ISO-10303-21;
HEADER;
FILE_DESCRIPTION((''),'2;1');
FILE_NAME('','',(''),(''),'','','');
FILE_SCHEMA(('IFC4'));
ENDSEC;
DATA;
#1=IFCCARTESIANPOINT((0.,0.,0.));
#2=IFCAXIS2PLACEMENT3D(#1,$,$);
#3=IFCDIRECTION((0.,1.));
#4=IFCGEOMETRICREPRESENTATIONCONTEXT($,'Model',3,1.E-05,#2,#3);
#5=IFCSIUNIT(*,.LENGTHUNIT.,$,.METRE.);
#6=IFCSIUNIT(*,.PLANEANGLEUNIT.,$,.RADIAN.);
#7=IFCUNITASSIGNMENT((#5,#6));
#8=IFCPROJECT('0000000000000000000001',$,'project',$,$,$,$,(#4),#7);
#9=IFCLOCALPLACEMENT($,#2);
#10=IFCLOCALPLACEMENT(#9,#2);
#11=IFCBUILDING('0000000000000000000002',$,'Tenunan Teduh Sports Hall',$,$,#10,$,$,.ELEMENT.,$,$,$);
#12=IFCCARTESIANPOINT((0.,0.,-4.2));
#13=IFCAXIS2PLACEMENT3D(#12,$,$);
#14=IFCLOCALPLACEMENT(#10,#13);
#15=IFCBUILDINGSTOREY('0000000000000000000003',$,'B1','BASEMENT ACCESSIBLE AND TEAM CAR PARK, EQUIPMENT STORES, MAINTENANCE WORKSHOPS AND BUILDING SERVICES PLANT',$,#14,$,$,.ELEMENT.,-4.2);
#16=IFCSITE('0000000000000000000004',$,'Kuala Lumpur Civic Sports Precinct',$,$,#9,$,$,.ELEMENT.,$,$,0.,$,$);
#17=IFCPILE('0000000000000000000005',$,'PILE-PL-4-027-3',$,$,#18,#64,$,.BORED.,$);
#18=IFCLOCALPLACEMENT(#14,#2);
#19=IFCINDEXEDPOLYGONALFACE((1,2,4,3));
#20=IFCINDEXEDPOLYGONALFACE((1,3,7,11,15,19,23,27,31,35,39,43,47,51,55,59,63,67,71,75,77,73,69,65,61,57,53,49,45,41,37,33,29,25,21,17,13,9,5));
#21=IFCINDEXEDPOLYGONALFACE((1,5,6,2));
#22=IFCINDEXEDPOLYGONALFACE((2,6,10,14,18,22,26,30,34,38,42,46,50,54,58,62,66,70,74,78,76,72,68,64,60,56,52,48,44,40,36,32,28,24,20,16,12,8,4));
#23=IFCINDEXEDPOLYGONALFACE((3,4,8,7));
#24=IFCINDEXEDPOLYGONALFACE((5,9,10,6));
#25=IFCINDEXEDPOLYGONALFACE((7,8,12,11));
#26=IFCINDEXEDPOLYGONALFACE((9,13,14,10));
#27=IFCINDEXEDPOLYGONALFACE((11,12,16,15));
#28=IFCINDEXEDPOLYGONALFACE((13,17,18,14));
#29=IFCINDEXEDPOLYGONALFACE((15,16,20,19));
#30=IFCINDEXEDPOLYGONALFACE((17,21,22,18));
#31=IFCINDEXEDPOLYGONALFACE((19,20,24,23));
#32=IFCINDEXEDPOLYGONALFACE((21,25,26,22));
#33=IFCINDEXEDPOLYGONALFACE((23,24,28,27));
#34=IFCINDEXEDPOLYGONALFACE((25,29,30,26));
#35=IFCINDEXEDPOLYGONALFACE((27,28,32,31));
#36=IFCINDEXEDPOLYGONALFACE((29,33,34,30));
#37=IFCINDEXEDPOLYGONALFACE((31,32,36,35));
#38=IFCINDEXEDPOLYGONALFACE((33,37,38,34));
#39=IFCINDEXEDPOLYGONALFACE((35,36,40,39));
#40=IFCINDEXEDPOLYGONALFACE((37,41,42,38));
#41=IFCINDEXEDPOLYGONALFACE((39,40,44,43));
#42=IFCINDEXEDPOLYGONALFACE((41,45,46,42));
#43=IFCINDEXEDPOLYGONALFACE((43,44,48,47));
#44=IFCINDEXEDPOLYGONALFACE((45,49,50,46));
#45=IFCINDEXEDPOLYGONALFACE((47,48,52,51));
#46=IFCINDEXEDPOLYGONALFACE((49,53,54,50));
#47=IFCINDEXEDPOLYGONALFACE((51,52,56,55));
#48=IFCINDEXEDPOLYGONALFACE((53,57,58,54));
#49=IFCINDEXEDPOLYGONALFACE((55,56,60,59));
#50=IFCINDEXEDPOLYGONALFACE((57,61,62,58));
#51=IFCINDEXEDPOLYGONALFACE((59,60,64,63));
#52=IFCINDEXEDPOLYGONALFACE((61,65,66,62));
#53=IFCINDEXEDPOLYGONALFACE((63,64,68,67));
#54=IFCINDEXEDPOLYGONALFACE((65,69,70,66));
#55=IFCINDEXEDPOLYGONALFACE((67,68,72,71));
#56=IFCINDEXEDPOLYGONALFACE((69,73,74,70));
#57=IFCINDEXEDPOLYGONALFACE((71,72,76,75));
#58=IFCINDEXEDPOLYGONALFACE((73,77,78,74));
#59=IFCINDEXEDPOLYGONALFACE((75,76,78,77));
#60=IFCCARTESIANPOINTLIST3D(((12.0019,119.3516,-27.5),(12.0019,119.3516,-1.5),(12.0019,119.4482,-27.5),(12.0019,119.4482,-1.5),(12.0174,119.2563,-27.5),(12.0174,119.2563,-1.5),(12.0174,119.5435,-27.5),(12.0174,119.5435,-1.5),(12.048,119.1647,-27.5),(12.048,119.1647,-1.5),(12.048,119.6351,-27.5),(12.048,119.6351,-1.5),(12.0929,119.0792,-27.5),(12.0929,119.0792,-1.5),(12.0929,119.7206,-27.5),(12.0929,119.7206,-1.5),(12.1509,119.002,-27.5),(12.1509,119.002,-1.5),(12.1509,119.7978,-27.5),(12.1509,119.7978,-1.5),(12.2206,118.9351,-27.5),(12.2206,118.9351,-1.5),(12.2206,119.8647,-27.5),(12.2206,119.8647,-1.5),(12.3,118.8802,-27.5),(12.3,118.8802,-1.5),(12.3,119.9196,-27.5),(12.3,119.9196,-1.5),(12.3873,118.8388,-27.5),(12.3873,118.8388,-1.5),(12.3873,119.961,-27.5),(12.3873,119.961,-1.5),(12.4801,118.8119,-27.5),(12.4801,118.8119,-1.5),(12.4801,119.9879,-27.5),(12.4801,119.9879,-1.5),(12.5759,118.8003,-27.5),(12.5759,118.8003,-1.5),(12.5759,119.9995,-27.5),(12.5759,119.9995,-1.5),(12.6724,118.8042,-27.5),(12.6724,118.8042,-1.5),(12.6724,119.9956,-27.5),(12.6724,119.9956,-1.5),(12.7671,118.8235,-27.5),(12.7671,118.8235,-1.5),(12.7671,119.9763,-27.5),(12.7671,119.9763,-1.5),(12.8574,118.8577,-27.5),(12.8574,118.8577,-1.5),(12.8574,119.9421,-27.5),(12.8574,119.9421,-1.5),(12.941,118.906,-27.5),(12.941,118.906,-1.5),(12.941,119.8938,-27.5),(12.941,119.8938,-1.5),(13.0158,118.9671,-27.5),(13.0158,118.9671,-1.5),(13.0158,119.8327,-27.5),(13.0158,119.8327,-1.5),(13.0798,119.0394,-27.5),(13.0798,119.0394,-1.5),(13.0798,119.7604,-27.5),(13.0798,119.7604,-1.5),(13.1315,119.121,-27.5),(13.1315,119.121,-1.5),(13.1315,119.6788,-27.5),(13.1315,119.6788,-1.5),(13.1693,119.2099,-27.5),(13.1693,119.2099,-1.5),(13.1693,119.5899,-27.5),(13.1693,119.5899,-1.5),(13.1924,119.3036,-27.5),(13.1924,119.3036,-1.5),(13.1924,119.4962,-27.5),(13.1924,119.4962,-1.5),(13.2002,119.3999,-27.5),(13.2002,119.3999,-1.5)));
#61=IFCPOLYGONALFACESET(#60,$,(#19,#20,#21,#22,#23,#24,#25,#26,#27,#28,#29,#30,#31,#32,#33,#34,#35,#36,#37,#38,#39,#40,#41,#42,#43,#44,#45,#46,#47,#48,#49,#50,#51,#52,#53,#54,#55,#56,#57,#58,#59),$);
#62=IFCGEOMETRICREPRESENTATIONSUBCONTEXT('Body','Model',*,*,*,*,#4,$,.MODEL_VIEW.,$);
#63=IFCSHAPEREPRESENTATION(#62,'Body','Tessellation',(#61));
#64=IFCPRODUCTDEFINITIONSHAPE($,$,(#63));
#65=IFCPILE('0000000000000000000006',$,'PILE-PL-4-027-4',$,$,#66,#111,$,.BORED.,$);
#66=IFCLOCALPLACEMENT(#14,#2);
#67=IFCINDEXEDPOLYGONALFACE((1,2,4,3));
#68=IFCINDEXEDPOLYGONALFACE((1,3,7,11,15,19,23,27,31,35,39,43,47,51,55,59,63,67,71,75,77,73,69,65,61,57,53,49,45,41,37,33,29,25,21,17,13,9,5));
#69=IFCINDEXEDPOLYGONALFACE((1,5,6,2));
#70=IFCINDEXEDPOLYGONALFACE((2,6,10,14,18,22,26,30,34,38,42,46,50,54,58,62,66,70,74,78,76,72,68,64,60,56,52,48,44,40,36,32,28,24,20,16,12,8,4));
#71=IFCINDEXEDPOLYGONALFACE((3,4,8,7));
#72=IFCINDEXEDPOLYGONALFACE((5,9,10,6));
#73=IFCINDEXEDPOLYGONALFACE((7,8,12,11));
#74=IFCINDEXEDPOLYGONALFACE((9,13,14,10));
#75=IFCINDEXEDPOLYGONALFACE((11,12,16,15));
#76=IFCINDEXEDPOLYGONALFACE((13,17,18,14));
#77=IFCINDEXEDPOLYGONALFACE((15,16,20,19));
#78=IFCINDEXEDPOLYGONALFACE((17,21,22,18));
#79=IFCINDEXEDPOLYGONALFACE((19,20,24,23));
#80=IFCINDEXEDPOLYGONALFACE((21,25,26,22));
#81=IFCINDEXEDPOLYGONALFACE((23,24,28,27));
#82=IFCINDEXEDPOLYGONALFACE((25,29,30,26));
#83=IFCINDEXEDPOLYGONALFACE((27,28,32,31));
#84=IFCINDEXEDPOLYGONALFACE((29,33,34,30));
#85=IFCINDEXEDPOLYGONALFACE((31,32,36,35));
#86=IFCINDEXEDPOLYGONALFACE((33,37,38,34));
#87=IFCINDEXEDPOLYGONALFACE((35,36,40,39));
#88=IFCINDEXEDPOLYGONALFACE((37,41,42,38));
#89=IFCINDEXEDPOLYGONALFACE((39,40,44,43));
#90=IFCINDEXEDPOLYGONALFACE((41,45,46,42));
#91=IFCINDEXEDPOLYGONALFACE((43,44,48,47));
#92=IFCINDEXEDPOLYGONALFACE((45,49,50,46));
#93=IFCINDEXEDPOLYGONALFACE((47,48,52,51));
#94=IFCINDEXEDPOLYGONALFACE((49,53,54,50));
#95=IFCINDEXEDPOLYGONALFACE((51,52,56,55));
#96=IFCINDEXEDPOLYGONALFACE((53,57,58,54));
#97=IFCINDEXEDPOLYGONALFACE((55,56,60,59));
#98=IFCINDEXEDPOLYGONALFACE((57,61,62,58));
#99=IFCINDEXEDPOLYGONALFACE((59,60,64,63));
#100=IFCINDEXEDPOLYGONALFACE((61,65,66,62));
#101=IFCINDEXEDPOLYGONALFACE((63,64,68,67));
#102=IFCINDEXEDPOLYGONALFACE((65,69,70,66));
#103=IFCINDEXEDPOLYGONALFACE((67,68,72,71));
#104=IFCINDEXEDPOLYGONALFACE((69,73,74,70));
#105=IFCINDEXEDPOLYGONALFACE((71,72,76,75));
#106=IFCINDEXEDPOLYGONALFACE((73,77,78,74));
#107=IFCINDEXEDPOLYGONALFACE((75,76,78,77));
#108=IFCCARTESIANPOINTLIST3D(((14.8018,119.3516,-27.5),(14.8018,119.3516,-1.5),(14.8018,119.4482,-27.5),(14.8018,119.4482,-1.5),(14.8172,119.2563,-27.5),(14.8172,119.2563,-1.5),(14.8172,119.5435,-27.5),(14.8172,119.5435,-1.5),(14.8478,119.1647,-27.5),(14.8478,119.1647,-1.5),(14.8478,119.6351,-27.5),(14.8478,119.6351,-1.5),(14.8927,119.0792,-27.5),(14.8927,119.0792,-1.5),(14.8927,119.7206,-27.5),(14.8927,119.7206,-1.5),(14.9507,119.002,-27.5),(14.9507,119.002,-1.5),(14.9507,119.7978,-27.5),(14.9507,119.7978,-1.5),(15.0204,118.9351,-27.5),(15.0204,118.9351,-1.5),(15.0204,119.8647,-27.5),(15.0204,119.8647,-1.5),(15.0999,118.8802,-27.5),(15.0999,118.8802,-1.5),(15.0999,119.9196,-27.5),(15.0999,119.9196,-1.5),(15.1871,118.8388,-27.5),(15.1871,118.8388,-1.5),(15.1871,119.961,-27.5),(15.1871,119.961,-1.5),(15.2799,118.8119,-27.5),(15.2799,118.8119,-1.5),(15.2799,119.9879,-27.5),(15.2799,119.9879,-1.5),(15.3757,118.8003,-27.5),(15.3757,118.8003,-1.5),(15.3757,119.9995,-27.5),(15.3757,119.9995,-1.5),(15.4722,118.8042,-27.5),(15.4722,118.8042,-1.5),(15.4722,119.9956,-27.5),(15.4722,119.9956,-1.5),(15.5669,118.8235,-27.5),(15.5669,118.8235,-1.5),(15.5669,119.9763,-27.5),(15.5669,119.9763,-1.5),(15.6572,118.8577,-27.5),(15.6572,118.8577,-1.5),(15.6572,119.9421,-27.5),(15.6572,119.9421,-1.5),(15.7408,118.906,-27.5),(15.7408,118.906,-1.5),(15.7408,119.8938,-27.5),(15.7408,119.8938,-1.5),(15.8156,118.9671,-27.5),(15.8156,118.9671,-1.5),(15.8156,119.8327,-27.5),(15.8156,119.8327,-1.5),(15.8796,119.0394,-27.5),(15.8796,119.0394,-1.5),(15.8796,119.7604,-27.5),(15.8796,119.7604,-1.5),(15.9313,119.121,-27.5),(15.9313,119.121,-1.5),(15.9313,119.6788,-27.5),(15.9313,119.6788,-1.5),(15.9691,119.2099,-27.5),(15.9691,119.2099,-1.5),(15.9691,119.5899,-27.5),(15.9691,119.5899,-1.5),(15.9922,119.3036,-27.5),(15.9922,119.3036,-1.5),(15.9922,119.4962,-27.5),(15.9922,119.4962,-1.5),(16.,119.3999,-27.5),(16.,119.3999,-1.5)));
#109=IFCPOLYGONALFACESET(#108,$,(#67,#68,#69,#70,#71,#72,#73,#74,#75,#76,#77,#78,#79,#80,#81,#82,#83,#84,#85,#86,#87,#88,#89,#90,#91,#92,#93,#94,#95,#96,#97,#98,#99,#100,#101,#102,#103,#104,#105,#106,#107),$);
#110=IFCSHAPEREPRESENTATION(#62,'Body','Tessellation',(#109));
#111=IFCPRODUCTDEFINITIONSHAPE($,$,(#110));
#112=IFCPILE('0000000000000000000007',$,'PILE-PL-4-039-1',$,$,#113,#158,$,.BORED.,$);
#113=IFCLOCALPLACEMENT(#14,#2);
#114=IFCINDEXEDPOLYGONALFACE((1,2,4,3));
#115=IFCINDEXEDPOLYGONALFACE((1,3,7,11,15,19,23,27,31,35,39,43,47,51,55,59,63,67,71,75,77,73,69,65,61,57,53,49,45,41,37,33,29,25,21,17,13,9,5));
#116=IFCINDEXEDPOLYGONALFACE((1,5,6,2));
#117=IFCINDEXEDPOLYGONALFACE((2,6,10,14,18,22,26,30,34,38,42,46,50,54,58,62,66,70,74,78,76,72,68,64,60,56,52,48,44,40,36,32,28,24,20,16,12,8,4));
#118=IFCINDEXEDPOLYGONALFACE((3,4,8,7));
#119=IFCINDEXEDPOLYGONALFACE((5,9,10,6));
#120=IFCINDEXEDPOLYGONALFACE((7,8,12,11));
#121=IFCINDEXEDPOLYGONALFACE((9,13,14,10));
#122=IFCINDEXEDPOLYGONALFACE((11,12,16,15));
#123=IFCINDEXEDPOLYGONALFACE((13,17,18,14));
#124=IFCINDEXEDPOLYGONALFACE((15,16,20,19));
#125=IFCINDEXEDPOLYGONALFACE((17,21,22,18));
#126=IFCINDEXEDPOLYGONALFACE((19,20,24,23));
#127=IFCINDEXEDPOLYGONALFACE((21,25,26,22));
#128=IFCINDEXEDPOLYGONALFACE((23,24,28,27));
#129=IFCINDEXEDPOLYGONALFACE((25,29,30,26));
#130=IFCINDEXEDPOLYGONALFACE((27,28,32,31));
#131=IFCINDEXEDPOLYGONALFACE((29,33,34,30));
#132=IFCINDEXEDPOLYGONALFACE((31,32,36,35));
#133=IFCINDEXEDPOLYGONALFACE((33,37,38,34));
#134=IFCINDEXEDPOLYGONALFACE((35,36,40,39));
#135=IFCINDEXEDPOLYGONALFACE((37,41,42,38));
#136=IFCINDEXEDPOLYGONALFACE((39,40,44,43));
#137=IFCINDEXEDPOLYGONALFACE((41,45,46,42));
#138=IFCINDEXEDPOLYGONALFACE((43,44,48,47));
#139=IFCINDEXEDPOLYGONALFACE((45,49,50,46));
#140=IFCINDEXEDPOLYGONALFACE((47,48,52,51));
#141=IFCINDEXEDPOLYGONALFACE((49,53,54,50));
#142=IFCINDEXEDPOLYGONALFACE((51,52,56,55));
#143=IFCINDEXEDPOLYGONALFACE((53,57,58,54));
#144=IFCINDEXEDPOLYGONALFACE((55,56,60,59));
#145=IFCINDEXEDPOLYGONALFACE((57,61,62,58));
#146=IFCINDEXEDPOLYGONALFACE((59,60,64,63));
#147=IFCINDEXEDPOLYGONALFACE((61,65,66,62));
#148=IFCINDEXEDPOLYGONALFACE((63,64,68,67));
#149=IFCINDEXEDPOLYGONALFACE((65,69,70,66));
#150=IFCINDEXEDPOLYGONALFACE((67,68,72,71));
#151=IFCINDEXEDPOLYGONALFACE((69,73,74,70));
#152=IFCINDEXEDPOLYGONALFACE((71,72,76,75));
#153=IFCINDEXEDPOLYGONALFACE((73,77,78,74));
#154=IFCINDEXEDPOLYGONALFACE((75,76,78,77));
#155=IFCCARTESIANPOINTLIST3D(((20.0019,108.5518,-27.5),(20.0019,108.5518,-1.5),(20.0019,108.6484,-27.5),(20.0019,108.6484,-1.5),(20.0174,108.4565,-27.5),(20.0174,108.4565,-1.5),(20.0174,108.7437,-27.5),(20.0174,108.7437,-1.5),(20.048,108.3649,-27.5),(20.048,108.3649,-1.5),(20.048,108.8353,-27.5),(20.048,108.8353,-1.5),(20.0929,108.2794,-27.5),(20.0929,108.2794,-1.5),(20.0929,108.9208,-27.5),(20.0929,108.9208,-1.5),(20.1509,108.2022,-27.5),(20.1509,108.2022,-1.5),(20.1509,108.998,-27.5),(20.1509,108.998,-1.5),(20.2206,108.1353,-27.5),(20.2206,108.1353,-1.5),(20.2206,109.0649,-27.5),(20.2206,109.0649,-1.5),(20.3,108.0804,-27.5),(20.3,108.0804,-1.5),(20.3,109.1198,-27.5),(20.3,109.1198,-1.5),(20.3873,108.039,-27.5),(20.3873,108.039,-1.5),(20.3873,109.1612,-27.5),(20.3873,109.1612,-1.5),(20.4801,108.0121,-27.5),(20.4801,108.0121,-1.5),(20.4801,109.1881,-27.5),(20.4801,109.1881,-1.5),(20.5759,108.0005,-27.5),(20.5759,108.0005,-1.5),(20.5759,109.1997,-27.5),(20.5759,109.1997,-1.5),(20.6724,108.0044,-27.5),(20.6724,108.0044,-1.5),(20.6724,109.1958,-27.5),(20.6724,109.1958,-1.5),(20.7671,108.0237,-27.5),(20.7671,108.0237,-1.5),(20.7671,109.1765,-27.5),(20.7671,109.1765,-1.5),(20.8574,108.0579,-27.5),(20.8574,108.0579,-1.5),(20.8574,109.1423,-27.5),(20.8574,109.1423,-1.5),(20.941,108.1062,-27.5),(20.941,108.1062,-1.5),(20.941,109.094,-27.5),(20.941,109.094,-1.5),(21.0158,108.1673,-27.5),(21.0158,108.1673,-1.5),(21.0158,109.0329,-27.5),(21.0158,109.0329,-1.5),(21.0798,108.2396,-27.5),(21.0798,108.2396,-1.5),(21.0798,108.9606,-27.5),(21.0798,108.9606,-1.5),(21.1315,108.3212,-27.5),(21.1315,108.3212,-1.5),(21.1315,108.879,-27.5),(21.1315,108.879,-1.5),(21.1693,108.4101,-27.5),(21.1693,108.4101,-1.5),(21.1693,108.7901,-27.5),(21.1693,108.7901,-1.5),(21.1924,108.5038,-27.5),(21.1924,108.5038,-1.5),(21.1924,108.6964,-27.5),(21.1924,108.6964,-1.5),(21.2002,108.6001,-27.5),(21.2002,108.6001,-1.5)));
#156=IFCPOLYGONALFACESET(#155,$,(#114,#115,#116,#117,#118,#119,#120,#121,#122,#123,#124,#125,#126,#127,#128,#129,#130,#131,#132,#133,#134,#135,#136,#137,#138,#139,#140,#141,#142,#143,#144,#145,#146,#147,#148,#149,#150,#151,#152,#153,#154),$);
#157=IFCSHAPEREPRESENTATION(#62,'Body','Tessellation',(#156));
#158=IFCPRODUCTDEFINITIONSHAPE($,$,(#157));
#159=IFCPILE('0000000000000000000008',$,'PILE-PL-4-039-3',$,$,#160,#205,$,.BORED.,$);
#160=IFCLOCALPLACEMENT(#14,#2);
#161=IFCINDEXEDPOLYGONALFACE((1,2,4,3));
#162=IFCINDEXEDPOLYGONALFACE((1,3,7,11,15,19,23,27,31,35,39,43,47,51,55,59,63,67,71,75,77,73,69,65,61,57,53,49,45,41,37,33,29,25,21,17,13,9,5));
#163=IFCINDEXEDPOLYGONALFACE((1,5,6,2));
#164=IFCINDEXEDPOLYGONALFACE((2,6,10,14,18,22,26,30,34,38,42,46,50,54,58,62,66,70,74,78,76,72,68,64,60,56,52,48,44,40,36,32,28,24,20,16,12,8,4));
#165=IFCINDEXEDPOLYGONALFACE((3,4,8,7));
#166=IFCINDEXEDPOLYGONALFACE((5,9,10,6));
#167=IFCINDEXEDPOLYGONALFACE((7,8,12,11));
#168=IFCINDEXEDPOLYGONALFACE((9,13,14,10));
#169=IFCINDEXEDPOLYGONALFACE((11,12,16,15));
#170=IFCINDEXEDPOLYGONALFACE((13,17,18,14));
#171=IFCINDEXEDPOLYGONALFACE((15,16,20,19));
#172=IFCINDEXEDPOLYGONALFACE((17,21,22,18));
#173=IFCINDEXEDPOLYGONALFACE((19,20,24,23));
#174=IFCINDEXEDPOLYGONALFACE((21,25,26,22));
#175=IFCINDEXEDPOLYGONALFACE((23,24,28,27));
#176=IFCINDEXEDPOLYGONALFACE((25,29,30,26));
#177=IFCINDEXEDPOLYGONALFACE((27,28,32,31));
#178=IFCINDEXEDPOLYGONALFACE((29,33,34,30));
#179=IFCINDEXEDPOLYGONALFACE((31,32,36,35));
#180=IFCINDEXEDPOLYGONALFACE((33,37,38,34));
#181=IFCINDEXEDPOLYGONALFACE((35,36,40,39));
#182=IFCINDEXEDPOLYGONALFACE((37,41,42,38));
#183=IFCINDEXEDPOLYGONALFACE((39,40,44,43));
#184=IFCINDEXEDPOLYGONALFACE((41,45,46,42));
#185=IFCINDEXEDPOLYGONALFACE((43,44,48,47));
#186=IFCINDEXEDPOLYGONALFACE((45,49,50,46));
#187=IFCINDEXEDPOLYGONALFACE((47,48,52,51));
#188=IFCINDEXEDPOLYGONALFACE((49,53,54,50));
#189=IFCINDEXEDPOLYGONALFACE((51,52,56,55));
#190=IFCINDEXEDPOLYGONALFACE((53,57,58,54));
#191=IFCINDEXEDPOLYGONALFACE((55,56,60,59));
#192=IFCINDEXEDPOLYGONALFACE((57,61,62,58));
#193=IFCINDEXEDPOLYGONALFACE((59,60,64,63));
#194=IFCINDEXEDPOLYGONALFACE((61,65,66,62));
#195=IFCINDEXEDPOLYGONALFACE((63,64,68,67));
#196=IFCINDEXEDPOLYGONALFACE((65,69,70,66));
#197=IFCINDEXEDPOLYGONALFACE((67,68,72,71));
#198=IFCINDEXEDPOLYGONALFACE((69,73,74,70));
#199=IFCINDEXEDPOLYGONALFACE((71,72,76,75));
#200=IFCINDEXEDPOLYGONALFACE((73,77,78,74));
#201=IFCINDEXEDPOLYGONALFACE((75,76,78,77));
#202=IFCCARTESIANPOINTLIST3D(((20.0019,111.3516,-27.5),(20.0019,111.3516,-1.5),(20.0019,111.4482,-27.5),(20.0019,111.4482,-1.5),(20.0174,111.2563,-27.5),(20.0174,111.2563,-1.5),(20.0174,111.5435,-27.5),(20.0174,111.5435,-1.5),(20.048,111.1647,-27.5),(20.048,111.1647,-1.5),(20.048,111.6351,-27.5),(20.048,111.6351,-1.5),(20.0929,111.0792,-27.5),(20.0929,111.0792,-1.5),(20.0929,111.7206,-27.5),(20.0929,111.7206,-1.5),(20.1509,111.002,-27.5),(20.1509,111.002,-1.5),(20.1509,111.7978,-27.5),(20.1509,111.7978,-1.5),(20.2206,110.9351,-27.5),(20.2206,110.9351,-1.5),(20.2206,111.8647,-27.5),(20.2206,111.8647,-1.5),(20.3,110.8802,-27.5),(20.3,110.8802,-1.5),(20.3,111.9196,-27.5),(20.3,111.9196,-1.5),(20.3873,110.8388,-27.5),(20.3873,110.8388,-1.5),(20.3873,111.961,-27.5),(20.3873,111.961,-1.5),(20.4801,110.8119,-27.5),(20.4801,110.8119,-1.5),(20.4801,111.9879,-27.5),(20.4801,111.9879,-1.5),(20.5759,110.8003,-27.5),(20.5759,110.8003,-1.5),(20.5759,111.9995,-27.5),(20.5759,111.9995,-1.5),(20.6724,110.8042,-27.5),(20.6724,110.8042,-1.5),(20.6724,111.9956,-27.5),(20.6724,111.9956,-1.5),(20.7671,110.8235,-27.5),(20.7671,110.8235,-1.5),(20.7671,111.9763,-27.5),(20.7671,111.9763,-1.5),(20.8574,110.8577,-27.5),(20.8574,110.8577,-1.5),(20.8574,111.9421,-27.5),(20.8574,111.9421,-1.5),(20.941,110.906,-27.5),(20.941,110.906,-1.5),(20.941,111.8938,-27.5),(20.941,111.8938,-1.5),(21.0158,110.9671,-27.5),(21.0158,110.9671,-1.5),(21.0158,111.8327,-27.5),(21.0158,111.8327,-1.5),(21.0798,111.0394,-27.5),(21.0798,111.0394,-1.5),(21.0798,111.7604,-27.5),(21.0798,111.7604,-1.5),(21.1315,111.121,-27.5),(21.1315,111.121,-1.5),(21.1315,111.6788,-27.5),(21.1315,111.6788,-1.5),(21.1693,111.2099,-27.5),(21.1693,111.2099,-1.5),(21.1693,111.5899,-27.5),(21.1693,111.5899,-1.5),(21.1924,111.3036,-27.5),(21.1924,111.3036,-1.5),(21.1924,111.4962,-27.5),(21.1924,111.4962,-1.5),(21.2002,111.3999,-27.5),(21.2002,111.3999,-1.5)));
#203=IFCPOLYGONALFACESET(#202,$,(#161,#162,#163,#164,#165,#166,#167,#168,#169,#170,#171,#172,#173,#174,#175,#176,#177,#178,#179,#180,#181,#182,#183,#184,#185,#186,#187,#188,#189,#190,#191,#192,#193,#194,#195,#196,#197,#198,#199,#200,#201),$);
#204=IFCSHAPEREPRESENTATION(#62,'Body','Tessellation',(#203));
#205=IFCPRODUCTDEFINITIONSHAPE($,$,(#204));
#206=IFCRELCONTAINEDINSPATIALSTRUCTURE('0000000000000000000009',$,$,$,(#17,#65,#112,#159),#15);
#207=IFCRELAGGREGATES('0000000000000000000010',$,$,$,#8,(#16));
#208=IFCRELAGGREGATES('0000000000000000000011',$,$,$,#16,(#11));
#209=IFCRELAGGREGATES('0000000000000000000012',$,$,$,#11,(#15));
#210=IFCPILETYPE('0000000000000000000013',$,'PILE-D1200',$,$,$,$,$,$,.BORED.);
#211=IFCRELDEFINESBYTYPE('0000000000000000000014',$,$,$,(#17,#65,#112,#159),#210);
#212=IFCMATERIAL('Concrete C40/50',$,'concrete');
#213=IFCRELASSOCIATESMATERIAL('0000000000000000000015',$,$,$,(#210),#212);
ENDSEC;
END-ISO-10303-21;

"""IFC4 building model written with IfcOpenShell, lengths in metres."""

from ifc_helpers import new_model, si_unit, direction, frame, origin, origin_2d, place, context, subcontext, project, spatial, circle, extrude, material, material_profile, profile_set, type_object, element, save


model = new_model("IFC4")

# Units and contexts
model_context = context("Model", 3, precision=1e-05, world=origin(), true_north=direction((0.0, 1.0)))
body_context = subcontext(model_context, "Body", "Model", "MODEL_VIEW")
ifc_project = project(units=[si_unit("LENGTHUNIT", "METRE"), si_unit("PLANEANGLEUNIT", "RADIAN")], contexts=[model_context])

# Site, building, storey
site_placement = place(None, origin())
site = spatial("IfcSite", under=ifc_project, at=site_placement, Name="Kuala Lumpur Civic Sports Precinct", CompositionType="ELEMENT", RefElevation=0.0)
building_placement = place(site_placement, origin())
building = spatial("IfcBuilding", under=site, at=building_placement, Name="Tenunan Teduh Sports Hall", CompositionType="ELEMENT")
storey_placement = place(building_placement, frame((0.0, 0.0, -4.2)))
storey = spatial("IfcBuildingStorey", under=building, at=storey_placement, Name="B1", Description="BASEMENT ACCESSIBLE AND TEAM CAR PARK, EQUIPMENT STORES, MAINTENANCE WORKSHOPS AND BUILDING SERVICES PLANT", CompositionType="ELEMENT", Elevation=-4.2)

# Piles
ifc_material_1 = material(Name="Concrete C40/50", Category="concrete")
ifc_material_profile_1 = material_profile(ifc_material_1, circle(Radius=0.6001, at=origin_2d()), Name="PILE D1200")
ifc_profile_set_1 = profile_set([ifc_material_profile_1], Name="Concrete C40/50")
pile_type = type_object("IfcPileType", Name="PILE-D1200", PredefinedType="BORED", material=ifc_profile_set_1)
for number, where, z_axis, x_axis, name in (
    (1, (12.6001, 119.3999, -1.5), (0.0, 0.0, -1.0), (1.0, 0.0, 0.0), "PILE-PL-4-027-3"),
    (2, (15.3999, 119.3999, -1.5), (0.0, 0.0, -1.0), (1.0, 0.0, 0.0), "PILE-PL-4-027-4"),
    (3, (20.6001, 108.6001, -1.5), (0.0, 0.0, -1.0), (1.0, 0.0, 0.0), "PILE-PL-4-039-1"),
    (4, (20.6001, 111.3999, -1.5), (0.0, 0.0, -1.0), (1.0, 0.0, 0.0), "PILE-PL-4-039-3"),
):
    element("IfcPile", number, at=place(storey_placement, frame(where, z_axis=z_axis, x_axis=x_axis)), inside=storey, type_object=pile_type, Name=name, PredefinedType="BORED", context=body_context, shape_type="SweptSolid", body=[
        extrude(circle(Radius=0.6001, at=origin_2d()), origin(), (0.0, 0.0, 1.0), 26.0),
    ])

save(model, "model.ifc")
